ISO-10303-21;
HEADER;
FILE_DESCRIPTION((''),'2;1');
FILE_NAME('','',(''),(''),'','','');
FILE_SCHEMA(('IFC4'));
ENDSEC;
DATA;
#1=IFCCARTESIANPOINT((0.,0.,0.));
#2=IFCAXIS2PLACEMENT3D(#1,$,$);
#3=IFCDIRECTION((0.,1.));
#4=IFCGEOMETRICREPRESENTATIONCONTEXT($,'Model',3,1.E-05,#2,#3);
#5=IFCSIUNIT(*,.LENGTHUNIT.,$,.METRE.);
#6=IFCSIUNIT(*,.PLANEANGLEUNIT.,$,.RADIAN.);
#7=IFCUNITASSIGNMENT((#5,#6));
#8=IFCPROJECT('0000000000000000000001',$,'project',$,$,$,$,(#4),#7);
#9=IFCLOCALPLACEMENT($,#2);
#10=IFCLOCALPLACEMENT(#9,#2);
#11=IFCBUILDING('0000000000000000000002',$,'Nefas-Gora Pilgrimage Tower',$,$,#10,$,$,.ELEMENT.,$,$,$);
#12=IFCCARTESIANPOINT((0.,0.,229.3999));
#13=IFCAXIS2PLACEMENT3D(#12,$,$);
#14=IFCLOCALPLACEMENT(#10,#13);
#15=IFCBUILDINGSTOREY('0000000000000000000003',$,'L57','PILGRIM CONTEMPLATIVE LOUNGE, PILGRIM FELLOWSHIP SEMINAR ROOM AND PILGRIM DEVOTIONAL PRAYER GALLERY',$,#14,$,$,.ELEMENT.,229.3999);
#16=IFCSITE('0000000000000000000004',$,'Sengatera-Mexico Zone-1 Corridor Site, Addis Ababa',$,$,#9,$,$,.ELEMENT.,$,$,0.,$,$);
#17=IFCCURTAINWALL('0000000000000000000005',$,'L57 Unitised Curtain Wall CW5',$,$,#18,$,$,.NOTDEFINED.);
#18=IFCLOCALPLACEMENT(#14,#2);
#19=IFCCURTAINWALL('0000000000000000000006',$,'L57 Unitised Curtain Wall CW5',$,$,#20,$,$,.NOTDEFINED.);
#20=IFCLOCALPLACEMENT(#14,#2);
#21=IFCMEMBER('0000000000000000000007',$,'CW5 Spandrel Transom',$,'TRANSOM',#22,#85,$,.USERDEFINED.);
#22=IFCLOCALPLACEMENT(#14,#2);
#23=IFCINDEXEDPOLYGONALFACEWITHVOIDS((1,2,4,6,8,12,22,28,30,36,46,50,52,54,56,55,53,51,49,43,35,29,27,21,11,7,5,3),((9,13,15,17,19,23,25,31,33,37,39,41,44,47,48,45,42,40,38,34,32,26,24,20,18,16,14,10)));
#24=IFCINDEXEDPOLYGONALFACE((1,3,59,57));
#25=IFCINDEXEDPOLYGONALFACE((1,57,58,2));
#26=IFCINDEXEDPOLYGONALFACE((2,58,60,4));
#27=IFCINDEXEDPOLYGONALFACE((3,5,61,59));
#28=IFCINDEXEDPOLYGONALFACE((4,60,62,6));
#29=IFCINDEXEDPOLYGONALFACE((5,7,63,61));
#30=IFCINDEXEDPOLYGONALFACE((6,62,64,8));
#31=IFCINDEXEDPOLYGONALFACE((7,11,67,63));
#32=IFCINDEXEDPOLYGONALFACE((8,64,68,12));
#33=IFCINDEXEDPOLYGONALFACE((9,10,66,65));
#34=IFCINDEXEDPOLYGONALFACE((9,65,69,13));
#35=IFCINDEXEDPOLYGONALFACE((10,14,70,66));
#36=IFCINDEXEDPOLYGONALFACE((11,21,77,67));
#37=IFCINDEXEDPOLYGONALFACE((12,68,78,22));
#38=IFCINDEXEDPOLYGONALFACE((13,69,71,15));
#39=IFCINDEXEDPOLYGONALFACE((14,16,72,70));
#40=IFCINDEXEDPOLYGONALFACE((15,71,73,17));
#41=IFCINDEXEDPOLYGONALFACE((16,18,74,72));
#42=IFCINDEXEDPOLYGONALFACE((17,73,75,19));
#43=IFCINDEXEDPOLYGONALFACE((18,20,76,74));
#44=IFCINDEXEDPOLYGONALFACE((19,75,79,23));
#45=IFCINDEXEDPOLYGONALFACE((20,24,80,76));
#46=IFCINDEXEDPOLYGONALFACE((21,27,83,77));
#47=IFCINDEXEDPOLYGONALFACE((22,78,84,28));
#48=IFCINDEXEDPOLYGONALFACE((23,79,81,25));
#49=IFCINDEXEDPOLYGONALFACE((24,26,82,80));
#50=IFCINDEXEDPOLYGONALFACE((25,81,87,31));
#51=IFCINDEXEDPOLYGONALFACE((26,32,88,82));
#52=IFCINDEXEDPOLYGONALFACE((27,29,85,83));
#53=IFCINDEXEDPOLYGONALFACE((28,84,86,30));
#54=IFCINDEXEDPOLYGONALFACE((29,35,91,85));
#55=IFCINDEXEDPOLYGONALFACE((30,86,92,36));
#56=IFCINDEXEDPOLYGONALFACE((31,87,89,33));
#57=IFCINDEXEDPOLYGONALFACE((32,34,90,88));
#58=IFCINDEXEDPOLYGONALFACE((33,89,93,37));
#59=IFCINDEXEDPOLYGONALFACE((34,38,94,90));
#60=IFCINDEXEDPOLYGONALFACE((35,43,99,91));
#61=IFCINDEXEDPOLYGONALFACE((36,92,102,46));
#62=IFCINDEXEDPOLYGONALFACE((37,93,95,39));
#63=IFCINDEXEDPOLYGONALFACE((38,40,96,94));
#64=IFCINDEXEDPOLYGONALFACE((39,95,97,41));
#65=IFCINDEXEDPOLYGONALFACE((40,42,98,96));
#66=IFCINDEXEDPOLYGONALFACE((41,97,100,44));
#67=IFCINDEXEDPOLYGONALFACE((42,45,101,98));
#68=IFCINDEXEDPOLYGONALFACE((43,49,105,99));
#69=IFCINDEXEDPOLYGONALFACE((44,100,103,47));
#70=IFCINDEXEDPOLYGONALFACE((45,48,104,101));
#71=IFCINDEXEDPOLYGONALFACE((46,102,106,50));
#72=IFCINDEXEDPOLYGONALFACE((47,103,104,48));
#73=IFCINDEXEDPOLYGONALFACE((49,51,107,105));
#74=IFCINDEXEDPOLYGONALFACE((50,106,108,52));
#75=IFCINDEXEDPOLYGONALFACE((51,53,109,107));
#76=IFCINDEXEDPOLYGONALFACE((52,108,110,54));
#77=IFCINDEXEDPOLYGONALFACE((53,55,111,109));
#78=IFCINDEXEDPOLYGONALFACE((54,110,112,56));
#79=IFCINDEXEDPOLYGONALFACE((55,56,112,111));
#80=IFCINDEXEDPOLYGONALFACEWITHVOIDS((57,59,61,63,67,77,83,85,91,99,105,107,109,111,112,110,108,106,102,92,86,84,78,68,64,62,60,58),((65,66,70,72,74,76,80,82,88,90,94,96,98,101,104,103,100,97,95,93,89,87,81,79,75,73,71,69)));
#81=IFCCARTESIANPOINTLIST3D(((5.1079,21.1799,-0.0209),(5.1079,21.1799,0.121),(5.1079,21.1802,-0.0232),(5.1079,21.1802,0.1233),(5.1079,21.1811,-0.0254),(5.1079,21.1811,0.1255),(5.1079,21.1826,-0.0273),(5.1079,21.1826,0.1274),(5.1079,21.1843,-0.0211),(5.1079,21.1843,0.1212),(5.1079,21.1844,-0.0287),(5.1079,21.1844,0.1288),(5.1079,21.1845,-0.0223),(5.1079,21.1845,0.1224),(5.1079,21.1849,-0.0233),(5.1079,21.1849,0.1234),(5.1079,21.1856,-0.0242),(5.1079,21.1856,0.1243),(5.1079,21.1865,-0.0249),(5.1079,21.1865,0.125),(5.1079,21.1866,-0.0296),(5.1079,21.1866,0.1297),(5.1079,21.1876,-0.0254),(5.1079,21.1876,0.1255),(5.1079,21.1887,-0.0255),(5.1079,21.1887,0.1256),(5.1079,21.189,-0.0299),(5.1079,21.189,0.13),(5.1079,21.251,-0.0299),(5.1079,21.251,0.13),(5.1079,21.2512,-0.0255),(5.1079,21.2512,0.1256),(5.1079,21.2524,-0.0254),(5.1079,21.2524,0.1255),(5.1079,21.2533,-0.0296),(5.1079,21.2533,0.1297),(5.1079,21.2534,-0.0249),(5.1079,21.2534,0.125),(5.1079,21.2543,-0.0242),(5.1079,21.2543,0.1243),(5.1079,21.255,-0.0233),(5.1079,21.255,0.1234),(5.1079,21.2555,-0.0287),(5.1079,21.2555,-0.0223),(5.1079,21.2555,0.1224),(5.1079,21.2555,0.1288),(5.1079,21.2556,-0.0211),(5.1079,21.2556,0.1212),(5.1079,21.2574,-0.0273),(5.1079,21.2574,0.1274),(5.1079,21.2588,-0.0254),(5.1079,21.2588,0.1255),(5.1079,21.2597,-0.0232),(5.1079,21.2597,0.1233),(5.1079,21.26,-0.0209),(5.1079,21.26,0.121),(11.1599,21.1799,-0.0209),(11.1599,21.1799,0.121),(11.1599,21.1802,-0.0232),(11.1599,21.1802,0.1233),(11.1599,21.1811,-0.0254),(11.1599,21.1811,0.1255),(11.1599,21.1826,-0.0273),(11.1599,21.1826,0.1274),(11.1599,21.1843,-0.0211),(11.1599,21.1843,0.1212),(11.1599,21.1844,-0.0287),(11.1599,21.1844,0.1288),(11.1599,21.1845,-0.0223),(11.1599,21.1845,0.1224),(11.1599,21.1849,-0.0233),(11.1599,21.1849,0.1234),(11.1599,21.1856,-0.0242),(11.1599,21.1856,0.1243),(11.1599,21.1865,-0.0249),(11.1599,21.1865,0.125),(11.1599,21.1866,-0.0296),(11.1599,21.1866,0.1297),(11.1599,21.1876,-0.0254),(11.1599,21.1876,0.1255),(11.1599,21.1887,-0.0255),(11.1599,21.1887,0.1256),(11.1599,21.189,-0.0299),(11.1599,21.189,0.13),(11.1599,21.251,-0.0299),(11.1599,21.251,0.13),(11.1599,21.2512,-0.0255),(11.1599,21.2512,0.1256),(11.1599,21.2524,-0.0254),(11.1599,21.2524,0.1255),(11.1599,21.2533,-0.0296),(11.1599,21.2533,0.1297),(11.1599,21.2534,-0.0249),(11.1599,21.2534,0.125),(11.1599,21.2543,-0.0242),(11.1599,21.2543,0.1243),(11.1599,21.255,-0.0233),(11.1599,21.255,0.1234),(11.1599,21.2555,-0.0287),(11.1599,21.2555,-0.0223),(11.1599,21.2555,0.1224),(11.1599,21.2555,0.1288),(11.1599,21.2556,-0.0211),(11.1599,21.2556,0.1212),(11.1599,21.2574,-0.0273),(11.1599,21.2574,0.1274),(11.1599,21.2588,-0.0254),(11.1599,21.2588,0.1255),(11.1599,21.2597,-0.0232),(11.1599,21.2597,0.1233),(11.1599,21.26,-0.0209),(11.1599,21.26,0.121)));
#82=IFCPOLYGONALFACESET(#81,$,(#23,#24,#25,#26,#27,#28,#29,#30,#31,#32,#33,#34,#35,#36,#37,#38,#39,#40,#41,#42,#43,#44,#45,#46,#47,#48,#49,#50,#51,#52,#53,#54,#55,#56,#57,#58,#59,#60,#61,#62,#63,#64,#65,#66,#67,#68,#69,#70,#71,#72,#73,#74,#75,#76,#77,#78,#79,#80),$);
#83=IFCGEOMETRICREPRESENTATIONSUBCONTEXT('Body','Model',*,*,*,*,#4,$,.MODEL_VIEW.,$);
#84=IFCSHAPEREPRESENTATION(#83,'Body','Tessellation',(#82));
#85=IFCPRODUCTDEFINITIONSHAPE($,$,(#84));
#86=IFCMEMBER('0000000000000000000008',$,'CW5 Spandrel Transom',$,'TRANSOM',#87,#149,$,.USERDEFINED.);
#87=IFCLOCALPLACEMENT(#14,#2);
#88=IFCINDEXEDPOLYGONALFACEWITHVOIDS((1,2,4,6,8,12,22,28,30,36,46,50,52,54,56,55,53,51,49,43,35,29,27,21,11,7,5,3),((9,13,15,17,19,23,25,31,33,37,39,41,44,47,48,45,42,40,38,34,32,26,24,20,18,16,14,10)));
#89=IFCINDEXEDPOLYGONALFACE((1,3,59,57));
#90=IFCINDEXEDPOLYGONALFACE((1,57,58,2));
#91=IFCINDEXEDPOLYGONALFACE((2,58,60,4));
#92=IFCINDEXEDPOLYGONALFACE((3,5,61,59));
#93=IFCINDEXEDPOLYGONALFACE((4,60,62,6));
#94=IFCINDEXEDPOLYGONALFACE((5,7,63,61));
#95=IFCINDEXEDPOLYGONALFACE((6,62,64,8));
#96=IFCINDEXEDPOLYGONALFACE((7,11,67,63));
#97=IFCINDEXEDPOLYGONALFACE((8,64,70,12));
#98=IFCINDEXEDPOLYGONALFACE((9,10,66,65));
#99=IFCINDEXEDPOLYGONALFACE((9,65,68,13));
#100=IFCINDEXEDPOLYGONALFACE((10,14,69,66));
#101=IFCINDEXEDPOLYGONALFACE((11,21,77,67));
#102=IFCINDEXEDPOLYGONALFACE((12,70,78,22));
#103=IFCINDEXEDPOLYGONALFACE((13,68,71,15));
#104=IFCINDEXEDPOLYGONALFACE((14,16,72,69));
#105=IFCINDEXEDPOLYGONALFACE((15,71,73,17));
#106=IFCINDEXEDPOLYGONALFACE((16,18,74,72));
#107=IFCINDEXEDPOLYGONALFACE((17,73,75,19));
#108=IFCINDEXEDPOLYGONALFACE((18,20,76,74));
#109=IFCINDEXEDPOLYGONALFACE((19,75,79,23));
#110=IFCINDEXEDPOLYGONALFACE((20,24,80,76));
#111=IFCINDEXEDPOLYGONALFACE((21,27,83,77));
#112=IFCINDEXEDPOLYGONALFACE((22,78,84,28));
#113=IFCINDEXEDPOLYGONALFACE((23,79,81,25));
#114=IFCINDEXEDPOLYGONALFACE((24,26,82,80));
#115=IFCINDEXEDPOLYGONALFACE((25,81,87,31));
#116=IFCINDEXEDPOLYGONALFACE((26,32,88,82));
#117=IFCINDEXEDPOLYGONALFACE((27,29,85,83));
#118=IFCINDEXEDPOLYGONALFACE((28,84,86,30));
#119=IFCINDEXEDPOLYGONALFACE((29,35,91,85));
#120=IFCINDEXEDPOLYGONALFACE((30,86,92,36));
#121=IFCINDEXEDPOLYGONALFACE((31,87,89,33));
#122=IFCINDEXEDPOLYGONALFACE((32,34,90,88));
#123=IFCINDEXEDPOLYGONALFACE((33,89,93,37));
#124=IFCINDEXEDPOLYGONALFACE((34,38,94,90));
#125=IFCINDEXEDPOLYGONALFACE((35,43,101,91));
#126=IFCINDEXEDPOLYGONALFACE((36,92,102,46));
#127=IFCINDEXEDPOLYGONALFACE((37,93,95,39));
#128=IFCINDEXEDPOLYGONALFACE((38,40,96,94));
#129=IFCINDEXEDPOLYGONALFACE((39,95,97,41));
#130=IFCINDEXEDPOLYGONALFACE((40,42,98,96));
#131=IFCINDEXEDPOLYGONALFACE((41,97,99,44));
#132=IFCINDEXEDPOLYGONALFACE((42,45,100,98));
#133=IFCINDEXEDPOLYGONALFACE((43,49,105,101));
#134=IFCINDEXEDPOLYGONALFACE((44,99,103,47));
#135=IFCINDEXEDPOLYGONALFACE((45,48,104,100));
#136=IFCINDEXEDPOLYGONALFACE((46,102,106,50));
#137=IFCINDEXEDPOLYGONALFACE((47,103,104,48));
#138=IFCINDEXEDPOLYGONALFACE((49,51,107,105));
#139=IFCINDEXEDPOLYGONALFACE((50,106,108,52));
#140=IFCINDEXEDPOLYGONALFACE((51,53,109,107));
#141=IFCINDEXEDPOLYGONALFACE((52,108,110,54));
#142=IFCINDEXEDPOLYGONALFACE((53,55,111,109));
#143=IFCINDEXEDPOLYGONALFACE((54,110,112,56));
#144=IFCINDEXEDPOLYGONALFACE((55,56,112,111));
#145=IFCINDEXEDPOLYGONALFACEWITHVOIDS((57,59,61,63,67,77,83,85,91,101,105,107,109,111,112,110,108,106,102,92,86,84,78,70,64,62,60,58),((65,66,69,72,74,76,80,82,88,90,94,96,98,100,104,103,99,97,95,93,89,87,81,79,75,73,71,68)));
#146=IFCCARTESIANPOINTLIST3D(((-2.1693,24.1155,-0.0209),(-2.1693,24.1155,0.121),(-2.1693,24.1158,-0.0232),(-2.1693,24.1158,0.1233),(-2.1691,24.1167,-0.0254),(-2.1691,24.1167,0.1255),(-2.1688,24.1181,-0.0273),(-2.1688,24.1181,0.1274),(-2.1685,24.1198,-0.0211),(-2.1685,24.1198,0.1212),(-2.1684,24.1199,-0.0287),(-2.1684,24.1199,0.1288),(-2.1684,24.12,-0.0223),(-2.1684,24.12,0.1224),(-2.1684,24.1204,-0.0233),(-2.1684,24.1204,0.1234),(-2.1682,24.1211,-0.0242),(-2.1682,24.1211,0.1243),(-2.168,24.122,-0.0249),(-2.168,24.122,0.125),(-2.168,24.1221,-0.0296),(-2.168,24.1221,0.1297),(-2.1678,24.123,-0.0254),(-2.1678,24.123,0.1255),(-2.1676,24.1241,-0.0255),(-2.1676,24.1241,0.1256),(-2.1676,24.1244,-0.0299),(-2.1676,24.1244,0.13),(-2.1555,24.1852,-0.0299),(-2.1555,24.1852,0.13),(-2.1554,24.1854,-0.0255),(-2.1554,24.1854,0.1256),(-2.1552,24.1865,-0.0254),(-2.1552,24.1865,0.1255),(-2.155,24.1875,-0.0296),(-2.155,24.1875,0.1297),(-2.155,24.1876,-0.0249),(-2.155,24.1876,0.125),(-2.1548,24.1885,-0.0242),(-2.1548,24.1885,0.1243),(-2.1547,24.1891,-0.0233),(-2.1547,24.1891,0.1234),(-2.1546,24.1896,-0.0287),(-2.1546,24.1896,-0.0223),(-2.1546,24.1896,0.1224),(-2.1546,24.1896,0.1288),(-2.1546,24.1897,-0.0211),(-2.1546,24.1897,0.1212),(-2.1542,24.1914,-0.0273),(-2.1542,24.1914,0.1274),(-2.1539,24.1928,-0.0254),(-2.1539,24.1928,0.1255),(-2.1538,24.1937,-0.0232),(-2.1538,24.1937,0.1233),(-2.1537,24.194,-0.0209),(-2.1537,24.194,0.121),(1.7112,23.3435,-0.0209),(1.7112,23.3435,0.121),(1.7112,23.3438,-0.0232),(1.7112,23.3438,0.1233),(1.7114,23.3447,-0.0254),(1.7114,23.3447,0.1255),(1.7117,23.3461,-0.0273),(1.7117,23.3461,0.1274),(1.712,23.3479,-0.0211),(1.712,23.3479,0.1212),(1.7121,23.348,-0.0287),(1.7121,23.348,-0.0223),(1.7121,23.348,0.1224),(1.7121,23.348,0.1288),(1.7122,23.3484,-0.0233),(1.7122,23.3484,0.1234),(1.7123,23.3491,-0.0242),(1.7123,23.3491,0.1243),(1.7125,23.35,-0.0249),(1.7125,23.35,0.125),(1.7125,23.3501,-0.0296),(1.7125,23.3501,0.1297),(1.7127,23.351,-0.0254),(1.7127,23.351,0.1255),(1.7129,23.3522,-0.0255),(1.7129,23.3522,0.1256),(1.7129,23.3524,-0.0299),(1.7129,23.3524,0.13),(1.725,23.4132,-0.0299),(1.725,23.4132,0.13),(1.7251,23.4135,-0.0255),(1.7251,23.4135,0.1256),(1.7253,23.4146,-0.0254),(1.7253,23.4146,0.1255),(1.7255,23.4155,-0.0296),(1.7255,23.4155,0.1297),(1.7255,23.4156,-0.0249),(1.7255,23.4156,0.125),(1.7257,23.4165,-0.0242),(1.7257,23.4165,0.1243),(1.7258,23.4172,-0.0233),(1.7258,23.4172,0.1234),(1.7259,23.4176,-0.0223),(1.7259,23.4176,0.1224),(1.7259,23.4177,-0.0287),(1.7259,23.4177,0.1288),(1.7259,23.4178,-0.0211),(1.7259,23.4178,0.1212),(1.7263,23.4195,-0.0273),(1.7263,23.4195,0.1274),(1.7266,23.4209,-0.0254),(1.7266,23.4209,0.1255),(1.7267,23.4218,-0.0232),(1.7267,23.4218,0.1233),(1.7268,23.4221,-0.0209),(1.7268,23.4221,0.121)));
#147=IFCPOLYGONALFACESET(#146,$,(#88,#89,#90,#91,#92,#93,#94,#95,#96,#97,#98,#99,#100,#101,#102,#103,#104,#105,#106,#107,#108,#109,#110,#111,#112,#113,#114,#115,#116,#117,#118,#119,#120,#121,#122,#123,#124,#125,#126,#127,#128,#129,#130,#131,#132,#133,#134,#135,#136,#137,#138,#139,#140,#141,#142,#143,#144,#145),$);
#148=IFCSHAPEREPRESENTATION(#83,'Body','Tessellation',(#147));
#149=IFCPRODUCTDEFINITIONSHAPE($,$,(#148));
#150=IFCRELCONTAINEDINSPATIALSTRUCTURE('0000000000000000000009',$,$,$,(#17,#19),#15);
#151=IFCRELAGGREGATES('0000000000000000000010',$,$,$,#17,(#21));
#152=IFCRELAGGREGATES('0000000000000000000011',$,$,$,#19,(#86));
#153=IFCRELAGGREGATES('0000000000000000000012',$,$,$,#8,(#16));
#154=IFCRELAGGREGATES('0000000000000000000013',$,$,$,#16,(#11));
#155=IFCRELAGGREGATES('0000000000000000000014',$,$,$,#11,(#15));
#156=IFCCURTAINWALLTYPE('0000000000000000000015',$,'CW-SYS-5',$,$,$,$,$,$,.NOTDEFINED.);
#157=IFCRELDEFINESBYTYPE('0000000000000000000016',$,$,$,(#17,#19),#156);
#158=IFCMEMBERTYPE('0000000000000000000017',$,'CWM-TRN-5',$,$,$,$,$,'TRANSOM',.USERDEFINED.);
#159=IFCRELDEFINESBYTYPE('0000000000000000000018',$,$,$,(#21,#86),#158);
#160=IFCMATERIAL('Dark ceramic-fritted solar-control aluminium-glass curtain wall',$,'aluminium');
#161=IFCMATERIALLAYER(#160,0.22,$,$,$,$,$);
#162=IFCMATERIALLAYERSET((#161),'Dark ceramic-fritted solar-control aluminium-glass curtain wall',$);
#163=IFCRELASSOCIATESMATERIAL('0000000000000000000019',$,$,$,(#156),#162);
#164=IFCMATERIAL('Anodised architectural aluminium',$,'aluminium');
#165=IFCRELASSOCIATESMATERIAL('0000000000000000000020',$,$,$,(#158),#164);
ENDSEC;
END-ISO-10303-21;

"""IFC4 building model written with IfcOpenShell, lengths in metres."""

from ifc_helpers import new_model, si_unit, direction, frame, origin, origin_2d, place, context, subcontext, project, spatial, hollow_rectangle, extrude, source, transform, mapped, material, layer, layer_set, material_profile, profile_set, type_object, element, aggregate, save


model = new_model("IFC4")

# Units and contexts
model_context = context("Model", 3, precision=1e-05, world=origin(), true_north=direction((0.0, 1.0)))
body_context = subcontext(model_context, "Body", "Model", "MODEL_VIEW")
ifc_project = project(units=[si_unit("LENGTHUNIT", "METRE"), si_unit("PLANEANGLEUNIT", "RADIAN")], contexts=[model_context])

# Site, building, storey
site_placement = place(None, origin())
site = spatial("IfcSite", under=ifc_project, at=site_placement, Name="Sengatera-Mexico Zone-1 Corridor Site, Addis Ababa", CompositionType="ELEMENT", RefElevation=0.0)
building_placement = place(site_placement, origin())
building = spatial("IfcBuilding", under=site, at=building_placement, Name="Nefas-Gora Pilgrimage Tower", CompositionType="ELEMENT")
storey_placement = place(building_placement, frame((0.0, 0.0, 229.3999)))
storey = spatial("IfcBuildingStorey", under=building, at=storey_placement, Name="L57", Description="PILGRIM CONTEMPLATIVE LOUNGE, PILGRIM FELLOWSHIP SEMINAR ROOM AND PILGRIM DEVOTIONAL PRAYER GALLERY", CompositionType="ELEMENT", Elevation=229.3999)

# Curtain wall
ifc_material_1 = material(Name="Dark ceramic-fritted solar-control aluminium-glass curtain wall", Category="aluminium")
ifc_layer_1 = layer(ifc_material_1, 0.22)
ifc_layer_set_1 = layer_set([ifc_layer_1], Name="Dark ceramic-fritted solar-control aluminium-glass curtain wall")
curtain_wall_type_1 = type_object("IfcCurtainWallType", Name="CW-SYS-5", PredefinedType="NOTDEFINED", material=ifc_layer_set_1)
curtain_wall_1_placement = place(storey_placement, origin())
curtain_wall_1 = element("IfcCurtainWall", 1, at=curtain_wall_1_placement, inside=storey, type_object=curtain_wall_type_1, Name="L57 Unitised Curtain Wall CW5", PredefinedType="NOTDEFINED")
ifc_material_2 = material(Name="Anodised architectural aluminium", Category="aluminium")

# Curtain wall
curtain_wall_2_placement = place(storey_placement, origin())
curtain_wall_2 = element("IfcCurtainWall", 2, at=curtain_wall_2_placement, inside=storey, type_object=curtain_wall_type_1, Name="L57 Unitised Curtain Wall CW5", PredefinedType="NOTDEFINED")

# Members
ifc_material_profile_1 = material_profile(ifc_material_2, hollow_rectangle(XDim=0.0801, YDim=0.1599, WallThickness=0.0044, InnerFilletRadius=0.0044, OuterFilletRadius=0.009, at=origin_2d()), Name="ALU TRANSOM 80x160")
ifc_profile_set_1 = profile_set([ifc_material_profile_1], Name="Anodised architectural aluminium")
member_type_1 = type_object("IfcMemberType", Name="CWM-TRN-5", ElementType="TRANSOM", PredefinedType="USERDEFINED", material=ifc_profile_set_1)
shared_shape_1 = source(origin(), body_context, "Body", "SweptSolid", [
    extrude(hollow_rectangle(XDim=0.0801, YDim=0.1599, WallThickness=0.0044, InnerFilletRadius=0.0044, OuterFilletRadius=0.009, at=origin_2d()), origin(), (0.0, 0.0, 1.0), 6.052),
])
member_1_placement = place(storey_placement, frame((11.1599, 21.22, 0.05), z_axis=(-1.0, 0.0, 0.0), x_axis=(0.0, -1.0, 0.0)))
member_1 = element("IfcMember", 3, at=member_1_placement, type_object=member_type_1, Name="CW5 Spandrel Transom", ObjectType="TRANSOM", PredefinedType="USERDEFINED", context=body_context, shape_type="MappedRepresentation", body=[
    mapped(shared_shape_1, transform((0.0, 0.0, 0.0), x_axis=(1.0, 0.0, 0.0), y_axis=(0.0, 1.0, 0.0), z_axis=(0.0, 0.0, 1.0), scale=1.0)),
])
shared_shape_2 = source(origin(), body_context, "Body", "SweptSolid", [
    extrude(hollow_rectangle(XDim=0.0801, YDim=0.1599, WallThickness=0.0044, InnerFilletRadius=0.0044, OuterFilletRadius=0.009, at=origin_2d()), origin(), (0.0, 0.0, 1.0), 3.9565),
])
member_2_placement = place(storey_placement, frame((1.719, 23.3828, 0.05), z_axis=(-0.980782, 0.195107, 0.0), x_axis=(-0.195107, -0.980782, 0.0)))
member_2 = element("IfcMember", 4, at=member_2_placement, type_object=member_type_1, Name="CW5 Spandrel Transom", ObjectType="TRANSOM", PredefinedType="USERDEFINED", context=body_context, shape_type="MappedRepresentation", body=[
    mapped(shared_shape_2, transform((0.0, 0.0, 0.0), x_axis=(1.0, 0.0, 0.0), y_axis=(0.0, 1.0, 0.0), z_axis=(0.0, 0.0, 1.0), scale=1.0)),
])

aggregate(curtain_wall_1, [member_1])
aggregate(curtain_wall_2, [member_2])

save(model, "model.ifc")
